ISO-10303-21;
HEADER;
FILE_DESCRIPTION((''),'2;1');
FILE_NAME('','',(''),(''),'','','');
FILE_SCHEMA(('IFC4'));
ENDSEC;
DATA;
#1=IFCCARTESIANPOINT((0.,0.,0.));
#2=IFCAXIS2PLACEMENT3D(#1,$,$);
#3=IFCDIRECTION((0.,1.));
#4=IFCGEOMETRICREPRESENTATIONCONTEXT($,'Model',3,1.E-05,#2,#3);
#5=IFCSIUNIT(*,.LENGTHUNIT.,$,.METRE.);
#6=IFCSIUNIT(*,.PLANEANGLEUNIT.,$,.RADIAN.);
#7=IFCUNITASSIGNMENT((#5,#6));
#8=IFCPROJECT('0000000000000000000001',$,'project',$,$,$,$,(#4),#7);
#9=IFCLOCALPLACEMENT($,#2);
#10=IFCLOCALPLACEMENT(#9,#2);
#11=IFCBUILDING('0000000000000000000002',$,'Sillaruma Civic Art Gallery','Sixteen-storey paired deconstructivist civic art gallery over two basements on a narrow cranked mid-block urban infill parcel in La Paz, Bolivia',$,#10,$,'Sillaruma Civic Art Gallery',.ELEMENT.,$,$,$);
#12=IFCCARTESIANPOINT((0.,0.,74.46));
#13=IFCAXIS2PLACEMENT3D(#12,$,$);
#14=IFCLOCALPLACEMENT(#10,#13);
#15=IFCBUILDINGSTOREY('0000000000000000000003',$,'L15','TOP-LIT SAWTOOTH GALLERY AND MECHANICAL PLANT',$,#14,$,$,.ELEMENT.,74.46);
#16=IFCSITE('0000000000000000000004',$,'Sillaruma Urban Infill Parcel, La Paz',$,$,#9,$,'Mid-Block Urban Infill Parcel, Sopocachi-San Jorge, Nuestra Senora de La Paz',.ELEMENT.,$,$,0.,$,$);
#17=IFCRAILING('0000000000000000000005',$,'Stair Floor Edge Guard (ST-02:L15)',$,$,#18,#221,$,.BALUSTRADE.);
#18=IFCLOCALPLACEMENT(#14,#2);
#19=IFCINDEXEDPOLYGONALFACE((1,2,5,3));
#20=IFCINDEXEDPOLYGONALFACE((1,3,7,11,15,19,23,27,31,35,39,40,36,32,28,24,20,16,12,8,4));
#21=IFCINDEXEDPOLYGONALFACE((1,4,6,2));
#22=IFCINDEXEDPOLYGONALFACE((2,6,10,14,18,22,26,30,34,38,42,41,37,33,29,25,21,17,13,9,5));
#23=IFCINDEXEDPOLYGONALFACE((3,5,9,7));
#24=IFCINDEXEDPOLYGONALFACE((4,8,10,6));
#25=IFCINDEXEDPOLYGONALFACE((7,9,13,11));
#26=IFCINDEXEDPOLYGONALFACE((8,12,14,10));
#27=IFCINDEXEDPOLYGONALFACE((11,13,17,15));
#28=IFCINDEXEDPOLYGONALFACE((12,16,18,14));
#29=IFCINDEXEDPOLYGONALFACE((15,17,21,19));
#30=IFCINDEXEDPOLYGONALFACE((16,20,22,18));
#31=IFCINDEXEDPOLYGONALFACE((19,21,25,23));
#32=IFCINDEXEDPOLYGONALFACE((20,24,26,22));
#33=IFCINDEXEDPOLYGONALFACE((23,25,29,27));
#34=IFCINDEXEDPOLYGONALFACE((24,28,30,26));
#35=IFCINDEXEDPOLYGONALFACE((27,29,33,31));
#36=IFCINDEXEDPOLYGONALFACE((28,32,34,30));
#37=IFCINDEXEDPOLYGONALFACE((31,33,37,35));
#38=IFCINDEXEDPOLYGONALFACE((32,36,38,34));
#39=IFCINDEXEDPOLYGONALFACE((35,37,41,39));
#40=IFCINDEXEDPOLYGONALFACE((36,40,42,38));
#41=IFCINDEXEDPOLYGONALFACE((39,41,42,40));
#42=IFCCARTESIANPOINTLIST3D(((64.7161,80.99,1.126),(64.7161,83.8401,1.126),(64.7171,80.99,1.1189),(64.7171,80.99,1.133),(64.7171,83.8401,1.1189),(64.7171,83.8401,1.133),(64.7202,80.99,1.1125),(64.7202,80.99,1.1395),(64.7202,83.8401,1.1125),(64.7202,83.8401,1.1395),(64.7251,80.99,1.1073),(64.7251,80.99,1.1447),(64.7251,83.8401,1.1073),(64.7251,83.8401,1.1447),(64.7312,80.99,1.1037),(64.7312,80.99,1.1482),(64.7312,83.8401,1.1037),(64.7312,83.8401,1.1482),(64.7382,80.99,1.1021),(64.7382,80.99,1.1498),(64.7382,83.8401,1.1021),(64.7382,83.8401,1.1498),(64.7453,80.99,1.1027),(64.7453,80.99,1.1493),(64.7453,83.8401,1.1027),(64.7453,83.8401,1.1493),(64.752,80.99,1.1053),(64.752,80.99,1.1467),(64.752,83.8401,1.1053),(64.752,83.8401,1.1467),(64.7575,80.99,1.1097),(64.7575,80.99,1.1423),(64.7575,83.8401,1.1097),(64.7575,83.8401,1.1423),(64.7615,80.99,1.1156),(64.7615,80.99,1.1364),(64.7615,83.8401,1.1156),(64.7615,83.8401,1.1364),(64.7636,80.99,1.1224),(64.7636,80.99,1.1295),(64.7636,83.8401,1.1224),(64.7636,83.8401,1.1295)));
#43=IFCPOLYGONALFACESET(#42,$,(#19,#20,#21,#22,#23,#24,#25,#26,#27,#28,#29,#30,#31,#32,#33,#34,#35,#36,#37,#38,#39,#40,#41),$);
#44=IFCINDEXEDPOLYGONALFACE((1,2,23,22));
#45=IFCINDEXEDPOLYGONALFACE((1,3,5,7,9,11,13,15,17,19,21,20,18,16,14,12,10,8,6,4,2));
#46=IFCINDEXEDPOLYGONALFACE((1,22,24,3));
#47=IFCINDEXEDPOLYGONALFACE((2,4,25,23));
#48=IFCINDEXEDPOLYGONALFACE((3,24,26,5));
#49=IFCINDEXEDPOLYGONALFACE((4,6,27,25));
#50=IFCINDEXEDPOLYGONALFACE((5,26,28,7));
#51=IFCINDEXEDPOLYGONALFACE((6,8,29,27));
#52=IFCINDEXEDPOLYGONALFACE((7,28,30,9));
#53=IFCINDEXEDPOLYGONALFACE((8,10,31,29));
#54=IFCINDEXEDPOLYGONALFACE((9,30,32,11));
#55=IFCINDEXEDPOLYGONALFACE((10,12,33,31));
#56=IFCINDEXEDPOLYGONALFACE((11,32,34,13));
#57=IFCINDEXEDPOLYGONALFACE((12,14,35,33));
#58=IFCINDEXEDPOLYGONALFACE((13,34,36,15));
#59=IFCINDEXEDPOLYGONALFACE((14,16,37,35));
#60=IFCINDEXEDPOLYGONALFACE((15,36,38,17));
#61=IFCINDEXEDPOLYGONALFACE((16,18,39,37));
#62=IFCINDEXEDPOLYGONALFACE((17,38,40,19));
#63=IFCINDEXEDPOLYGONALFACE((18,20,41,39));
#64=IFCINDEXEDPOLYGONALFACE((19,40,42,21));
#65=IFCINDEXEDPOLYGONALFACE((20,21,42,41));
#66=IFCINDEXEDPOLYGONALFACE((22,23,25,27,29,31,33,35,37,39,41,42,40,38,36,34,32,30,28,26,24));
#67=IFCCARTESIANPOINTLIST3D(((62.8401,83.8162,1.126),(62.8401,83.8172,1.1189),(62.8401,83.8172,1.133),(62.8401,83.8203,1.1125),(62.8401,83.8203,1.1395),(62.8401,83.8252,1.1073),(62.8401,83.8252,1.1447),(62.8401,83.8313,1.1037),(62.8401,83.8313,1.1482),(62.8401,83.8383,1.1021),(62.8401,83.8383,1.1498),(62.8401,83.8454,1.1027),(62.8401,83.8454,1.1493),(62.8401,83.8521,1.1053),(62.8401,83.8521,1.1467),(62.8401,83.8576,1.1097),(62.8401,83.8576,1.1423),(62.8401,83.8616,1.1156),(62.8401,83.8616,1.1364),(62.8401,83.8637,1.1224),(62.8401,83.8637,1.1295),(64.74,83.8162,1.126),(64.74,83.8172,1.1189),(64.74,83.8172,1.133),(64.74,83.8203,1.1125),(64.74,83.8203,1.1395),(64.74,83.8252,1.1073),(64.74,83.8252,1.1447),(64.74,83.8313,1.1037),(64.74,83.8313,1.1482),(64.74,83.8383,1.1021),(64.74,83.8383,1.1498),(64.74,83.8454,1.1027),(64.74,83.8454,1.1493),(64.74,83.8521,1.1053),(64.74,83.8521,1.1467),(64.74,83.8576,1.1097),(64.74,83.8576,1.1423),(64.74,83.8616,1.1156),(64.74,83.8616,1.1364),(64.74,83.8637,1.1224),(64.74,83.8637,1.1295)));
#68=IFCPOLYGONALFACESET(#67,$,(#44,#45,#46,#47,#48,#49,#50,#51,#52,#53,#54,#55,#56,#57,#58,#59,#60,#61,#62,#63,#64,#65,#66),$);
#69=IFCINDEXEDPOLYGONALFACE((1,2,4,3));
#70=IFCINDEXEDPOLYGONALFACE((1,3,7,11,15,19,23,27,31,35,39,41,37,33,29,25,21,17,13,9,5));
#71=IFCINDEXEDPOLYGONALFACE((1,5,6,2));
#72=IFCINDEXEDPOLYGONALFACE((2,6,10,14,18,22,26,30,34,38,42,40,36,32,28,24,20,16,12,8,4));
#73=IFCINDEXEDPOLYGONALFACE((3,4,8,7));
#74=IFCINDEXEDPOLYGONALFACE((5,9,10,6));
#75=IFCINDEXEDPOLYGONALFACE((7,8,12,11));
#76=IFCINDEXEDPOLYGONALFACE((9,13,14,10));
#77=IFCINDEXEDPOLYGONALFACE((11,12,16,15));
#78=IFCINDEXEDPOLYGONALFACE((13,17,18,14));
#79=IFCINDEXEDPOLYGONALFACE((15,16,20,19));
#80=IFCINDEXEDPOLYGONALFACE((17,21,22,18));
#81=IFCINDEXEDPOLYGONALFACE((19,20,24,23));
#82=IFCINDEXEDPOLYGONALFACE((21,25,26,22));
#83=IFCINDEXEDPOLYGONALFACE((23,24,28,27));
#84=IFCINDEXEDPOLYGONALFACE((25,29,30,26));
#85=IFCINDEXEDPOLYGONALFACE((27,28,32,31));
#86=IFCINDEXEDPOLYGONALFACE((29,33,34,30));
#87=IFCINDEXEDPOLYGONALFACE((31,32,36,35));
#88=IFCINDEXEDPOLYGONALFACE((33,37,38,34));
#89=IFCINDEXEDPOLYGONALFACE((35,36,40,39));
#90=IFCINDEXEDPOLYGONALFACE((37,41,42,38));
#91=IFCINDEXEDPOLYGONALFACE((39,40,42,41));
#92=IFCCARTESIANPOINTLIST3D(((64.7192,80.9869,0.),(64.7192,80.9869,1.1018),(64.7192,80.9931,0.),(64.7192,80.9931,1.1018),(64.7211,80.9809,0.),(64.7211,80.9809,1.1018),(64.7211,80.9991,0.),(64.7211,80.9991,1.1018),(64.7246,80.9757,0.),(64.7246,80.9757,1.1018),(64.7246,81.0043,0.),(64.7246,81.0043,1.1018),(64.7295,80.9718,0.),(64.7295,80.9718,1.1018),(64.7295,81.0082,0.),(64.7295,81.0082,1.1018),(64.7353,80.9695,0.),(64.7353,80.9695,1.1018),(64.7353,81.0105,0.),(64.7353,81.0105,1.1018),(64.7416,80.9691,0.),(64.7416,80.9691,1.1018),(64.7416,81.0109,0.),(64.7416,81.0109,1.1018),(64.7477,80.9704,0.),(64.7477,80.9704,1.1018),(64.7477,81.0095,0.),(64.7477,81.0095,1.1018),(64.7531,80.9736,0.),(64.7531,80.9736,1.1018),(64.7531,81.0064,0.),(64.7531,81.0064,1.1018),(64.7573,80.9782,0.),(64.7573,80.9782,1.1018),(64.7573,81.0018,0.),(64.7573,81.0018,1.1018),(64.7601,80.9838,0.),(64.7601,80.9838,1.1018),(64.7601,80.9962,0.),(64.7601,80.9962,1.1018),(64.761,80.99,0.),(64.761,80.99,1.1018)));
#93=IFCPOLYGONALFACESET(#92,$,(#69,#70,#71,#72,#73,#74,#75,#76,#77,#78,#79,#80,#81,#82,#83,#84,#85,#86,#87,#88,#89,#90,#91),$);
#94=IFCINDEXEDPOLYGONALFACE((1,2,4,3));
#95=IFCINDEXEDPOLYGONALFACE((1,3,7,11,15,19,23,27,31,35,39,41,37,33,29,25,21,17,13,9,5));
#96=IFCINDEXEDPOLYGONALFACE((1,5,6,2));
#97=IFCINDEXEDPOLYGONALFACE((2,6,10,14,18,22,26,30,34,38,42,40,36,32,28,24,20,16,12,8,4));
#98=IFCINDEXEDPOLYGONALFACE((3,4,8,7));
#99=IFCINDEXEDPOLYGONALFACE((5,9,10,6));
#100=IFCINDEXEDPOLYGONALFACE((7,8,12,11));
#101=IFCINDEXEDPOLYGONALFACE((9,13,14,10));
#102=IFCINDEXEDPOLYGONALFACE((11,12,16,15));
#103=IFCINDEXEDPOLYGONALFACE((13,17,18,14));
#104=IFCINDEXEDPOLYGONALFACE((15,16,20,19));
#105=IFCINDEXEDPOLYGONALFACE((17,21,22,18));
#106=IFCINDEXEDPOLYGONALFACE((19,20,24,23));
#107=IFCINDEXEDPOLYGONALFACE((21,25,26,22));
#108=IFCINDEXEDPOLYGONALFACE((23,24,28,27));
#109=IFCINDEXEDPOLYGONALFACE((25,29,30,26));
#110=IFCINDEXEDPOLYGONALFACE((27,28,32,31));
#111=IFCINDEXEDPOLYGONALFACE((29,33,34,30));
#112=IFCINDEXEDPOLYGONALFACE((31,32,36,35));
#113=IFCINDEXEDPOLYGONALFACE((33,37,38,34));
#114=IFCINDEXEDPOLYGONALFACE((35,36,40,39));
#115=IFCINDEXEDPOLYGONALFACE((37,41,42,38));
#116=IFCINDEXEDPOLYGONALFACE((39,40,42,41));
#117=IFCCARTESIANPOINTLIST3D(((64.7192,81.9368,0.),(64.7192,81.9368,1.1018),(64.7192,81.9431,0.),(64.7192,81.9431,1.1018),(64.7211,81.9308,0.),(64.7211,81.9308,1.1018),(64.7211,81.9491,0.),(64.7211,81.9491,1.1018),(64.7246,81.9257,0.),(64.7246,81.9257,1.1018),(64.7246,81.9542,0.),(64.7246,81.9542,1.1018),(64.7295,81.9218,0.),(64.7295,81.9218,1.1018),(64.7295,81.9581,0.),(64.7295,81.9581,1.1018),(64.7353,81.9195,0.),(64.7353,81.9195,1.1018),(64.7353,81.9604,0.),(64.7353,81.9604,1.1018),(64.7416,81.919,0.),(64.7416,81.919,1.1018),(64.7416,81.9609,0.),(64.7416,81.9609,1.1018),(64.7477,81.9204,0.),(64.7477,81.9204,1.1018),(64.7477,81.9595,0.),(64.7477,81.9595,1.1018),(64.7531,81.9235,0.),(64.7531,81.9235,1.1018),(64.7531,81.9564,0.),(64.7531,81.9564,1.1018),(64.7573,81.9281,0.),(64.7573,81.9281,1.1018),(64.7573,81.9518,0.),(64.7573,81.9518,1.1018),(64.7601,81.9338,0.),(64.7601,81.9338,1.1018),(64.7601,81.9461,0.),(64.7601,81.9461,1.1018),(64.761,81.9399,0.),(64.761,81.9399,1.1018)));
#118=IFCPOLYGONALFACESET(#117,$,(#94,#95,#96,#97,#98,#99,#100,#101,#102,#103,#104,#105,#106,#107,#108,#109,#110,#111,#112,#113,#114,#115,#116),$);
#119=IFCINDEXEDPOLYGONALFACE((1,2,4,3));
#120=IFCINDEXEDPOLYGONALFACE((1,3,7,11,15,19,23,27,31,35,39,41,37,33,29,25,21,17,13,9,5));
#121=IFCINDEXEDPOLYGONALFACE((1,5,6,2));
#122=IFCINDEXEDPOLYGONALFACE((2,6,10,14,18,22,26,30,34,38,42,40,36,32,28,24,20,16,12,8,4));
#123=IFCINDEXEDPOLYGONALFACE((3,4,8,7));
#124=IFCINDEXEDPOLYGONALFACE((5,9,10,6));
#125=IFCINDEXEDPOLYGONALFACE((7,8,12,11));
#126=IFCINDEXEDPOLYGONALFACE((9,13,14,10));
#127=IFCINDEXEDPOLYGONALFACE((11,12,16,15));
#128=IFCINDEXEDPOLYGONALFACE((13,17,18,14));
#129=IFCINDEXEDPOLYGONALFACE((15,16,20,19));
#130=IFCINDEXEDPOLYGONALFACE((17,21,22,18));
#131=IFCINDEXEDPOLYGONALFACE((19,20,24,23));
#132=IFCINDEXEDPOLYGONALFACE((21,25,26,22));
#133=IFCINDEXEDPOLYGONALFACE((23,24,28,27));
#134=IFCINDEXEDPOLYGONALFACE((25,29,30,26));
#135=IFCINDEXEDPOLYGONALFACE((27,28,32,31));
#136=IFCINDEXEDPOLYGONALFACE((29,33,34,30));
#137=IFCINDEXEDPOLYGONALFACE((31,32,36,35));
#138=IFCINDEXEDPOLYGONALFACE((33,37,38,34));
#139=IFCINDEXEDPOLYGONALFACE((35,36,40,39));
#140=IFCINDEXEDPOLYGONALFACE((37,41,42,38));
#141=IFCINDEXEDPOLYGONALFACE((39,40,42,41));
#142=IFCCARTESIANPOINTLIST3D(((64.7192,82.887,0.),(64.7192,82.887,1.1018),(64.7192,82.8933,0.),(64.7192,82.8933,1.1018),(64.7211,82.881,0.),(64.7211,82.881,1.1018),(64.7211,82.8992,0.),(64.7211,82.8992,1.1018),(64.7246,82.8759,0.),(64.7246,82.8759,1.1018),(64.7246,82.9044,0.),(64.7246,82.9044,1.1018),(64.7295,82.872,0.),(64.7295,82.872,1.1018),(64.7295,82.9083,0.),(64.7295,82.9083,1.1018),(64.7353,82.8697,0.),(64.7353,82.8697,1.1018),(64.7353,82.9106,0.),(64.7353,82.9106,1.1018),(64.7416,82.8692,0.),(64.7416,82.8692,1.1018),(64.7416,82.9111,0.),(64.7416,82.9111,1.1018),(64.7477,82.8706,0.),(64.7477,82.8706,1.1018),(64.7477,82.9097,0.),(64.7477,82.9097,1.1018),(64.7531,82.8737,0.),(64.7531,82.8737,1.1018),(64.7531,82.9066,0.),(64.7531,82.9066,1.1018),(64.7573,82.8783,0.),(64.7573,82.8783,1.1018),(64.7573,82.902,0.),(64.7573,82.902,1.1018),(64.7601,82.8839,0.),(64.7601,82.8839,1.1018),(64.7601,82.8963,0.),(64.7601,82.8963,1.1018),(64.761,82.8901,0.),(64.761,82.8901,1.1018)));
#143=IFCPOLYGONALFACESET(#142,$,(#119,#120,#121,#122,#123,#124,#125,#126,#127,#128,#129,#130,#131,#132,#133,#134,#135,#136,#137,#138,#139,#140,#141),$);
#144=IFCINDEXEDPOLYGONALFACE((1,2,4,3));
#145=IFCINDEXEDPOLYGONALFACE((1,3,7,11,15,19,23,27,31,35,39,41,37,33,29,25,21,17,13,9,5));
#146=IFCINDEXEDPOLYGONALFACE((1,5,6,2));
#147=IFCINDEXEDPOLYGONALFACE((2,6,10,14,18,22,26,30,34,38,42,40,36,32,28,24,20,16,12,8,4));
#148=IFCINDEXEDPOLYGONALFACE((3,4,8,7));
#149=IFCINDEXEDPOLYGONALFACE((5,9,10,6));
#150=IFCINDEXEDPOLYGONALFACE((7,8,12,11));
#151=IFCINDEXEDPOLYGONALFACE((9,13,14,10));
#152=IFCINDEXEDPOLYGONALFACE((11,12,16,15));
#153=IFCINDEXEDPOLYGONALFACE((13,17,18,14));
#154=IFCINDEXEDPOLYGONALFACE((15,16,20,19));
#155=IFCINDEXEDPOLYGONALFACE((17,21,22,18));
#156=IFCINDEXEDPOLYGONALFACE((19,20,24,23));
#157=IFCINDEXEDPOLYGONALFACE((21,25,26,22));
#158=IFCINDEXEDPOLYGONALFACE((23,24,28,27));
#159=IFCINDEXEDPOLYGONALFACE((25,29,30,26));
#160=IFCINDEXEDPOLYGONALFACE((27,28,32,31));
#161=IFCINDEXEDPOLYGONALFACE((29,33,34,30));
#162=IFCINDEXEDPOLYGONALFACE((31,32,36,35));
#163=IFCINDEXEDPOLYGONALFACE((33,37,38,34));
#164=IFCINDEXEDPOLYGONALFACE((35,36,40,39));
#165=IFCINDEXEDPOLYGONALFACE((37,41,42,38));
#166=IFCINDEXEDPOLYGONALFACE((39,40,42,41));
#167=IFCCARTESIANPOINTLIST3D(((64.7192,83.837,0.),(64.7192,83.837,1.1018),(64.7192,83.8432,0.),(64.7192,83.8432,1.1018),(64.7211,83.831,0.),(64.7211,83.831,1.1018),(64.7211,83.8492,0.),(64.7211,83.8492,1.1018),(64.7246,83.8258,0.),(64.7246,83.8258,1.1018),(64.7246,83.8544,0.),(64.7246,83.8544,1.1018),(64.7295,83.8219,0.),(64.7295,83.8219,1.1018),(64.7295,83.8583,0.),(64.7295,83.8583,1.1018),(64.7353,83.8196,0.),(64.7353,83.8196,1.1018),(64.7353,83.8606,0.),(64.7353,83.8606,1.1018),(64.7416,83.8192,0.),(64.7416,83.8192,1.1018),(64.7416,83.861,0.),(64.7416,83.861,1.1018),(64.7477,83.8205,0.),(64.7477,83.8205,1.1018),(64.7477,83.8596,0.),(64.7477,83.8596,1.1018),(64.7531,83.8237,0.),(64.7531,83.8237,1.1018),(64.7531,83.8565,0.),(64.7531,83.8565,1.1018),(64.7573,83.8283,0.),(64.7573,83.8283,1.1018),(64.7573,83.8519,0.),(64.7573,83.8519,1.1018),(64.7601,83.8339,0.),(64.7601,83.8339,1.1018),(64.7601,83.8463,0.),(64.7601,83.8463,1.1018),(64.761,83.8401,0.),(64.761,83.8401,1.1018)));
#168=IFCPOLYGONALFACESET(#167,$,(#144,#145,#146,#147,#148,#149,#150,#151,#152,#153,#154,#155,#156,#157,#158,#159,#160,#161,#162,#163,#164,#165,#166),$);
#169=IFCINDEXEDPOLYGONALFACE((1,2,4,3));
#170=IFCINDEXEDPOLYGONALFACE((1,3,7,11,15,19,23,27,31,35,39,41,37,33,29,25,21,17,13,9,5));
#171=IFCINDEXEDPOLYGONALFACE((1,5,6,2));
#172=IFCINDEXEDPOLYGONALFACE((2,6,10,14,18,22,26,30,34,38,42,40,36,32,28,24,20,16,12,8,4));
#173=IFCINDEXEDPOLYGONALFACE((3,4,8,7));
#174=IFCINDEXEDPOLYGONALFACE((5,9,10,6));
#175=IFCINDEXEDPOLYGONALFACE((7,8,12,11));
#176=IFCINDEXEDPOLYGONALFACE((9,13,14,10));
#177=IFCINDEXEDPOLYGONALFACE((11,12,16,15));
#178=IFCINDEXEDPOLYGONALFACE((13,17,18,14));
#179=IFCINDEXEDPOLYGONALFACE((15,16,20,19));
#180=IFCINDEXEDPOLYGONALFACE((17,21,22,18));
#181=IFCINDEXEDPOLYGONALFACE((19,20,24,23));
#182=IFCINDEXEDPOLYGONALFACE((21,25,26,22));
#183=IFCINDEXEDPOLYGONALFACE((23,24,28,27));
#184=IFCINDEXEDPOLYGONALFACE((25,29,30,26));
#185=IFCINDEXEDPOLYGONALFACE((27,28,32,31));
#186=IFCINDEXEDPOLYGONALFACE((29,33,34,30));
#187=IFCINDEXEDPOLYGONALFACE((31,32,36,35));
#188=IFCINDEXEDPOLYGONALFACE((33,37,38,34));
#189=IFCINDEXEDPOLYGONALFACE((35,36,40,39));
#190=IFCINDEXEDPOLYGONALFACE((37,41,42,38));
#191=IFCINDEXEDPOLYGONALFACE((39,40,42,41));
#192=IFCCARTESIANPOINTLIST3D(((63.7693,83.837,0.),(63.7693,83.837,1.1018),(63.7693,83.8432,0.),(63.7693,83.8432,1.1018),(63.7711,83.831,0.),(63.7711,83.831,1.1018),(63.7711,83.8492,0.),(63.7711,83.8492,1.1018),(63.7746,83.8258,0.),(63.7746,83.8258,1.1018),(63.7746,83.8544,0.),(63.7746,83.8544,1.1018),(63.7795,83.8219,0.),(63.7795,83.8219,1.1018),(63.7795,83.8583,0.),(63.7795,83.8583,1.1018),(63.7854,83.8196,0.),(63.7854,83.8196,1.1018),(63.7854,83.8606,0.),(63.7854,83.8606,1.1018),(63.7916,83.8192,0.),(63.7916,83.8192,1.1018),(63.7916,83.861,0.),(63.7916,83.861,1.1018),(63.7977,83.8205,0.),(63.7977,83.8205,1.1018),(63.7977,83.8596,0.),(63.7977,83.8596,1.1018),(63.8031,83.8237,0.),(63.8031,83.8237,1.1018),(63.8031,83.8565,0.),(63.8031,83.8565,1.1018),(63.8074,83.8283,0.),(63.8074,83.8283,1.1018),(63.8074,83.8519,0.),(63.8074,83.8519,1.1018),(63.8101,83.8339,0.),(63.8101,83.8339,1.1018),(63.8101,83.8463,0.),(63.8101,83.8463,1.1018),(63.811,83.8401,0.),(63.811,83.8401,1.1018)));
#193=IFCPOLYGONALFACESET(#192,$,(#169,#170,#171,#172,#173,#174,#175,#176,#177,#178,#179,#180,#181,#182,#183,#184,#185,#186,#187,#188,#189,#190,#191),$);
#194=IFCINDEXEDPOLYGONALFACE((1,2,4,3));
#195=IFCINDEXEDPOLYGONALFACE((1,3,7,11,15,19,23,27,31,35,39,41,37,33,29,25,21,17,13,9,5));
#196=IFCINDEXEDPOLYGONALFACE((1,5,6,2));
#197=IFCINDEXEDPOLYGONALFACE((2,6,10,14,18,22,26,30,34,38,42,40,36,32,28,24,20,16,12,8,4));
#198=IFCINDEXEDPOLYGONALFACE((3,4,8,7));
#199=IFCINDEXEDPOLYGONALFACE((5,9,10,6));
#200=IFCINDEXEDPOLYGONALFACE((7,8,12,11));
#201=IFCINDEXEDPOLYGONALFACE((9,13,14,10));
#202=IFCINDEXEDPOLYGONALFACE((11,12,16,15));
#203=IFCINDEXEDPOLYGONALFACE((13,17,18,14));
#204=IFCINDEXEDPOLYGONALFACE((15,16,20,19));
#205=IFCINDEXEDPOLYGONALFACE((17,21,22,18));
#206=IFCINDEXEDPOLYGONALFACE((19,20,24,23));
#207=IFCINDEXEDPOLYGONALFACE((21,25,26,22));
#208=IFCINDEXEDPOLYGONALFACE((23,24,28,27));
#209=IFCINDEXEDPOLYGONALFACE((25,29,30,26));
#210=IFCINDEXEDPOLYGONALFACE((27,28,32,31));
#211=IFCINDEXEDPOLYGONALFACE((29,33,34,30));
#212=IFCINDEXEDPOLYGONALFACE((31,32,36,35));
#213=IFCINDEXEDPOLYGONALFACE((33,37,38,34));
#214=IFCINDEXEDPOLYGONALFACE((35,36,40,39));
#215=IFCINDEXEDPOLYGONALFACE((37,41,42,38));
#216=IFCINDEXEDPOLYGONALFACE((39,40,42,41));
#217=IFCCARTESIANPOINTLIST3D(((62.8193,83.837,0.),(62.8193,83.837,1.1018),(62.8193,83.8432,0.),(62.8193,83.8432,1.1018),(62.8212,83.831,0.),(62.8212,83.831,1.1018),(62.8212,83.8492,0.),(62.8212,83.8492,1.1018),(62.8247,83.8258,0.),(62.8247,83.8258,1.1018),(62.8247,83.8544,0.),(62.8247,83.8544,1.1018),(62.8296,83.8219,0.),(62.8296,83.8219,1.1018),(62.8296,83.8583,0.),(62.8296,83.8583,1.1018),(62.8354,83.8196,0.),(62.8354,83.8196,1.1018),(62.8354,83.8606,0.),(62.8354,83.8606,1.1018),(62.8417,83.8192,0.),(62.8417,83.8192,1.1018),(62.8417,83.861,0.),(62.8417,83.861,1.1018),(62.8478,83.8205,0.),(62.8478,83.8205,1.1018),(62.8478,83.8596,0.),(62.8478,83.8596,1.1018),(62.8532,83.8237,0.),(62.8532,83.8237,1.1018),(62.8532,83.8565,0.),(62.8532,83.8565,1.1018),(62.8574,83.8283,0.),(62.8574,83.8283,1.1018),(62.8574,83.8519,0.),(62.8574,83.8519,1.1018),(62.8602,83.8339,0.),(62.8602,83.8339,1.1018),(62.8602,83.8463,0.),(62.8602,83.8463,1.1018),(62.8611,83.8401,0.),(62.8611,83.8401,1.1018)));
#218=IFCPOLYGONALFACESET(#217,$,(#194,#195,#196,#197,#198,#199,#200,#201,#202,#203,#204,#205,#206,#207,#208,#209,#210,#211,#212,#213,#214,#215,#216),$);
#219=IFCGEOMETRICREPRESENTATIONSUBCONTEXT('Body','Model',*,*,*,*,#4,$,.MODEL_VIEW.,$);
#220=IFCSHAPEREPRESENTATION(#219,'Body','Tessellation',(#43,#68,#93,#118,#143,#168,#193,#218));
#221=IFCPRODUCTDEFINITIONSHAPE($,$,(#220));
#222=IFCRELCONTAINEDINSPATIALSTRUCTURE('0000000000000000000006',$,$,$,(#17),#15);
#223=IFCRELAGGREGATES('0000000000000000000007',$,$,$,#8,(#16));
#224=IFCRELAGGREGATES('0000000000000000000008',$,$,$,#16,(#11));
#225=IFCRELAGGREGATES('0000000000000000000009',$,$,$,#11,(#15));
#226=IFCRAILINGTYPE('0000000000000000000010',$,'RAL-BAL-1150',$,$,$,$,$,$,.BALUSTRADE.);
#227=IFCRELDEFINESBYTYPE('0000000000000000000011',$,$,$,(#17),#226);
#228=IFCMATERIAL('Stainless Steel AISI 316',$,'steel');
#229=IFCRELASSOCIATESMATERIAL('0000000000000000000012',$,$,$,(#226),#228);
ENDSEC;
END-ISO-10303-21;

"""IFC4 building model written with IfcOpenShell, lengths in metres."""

from ifc_helpers import new_model, si_unit, direction, frame, origin, origin_2d, place, context, subcontext, project, spatial, circle, extrude, material, type_object, element, save


model = new_model("IFC4")

# Units and contexts
model_context = context("Model", 3, precision=1e-05, world=origin(), true_north=direction((0.0, 1.0)))
body_context = subcontext(model_context, "Body", "Model", "MODEL_VIEW")
ifc_project = project(units=[si_unit("LENGTHUNIT", "METRE"), si_unit("PLANEANGLEUNIT", "RADIAN")], contexts=[model_context])

# Site, building, storey
site_placement = place(None, origin())
site = spatial("IfcSite", under=ifc_project, at=site_placement, Name="Sillaruma Urban Infill Parcel, La Paz", LongName="Mid-Block Urban Infill Parcel, Sopocachi-San Jorge, Nuestra Senora de La Paz", CompositionType="ELEMENT", RefElevation=0.0)
building_placement = place(site_placement, origin())
building = spatial("IfcBuilding", under=site, at=building_placement, Name="Sillaruma Civic Art Gallery", Description="Sixteen-storey paired deconstructivist civic art gallery over two basements on a narrow cranked mid-block urban infill parcel in La Paz, Bolivia", LongName="Sillaruma Civic Art Gallery", CompositionType="ELEMENT")
storey_placement = place(building_placement, frame((0.0, 0.0, 74.46)))
storey = spatial("IfcBuildingStorey", under=building, at=storey_placement, Name="L15", Description="TOP-LIT SAWTOOTH GALLERY AND MECHANICAL PLANT", CompositionType="ELEMENT", Elevation=74.46)

# Railing
ifc_material_1 = material(Name="Stainless Steel AISI 316", Category="steel")
railing_type = type_object("IfcRailingType", Name="RAL-BAL-1150", PredefinedType="BALUSTRADE", material=ifc_material_1)
railing_placement = place(storey_placement, frame((64.74, 80.99, 0.0)))
element("IfcRailing", 1, at=railing_placement, inside=storey, type_object=railing_type, Name="Stair Floor Edge Guard (ST-02:L15)", PredefinedType="BALUSTRADE", context=body_context, shape_type="SweptSolid", body=[
    extrude(circle(Radius=0.0239, at=origin_2d()), frame((0.0, 0.0, 1.126), z_axis=(0.0, 1.0, 0.0), x_axis=(-1.0, 0.0, 0.0)), (0.0, 0.0, 1.0), 2.8501),
    extrude(circle(Radius=0.0239, at=origin_2d()), frame((0.0, 2.8501, 1.126), z_axis=(-1.0, 0.0, 0.0), x_axis=(0.0, -1.0, 0.0)), (0.0, 0.0, 1.0), 1.8999),
    extrude(circle(Radius=0.021, at=origin_2d()), origin(), (0.0, 0.0, 1.0), 1.1018),
    extrude(circle(Radius=0.021, at=origin_2d()), frame((0.0, 0.95, 0.0)), (0.0, 0.0, 1.0), 1.1018),
    extrude(circle(Radius=0.021, at=origin_2d()), frame((0.0, 1.9001, 0.0)), (0.0, 0.0, 1.0), 1.1018),
    extrude(circle(Radius=0.021, at=origin_2d()), frame((0.0, 2.8501, 0.0)), (0.0, 0.0, 1.0), 1.1018),
    extrude(circle(Radius=0.021, at=origin_2d()), frame((-0.95, 2.8501, 0.0)), (0.0, 0.0, 1.0), 1.1018),
    extrude(circle(Radius=0.021, at=origin_2d()), frame((-1.8999, 2.8501, 0.0)), (0.0, 0.0, 1.0), 1.1018),
])

save(model, "model.ifc")
